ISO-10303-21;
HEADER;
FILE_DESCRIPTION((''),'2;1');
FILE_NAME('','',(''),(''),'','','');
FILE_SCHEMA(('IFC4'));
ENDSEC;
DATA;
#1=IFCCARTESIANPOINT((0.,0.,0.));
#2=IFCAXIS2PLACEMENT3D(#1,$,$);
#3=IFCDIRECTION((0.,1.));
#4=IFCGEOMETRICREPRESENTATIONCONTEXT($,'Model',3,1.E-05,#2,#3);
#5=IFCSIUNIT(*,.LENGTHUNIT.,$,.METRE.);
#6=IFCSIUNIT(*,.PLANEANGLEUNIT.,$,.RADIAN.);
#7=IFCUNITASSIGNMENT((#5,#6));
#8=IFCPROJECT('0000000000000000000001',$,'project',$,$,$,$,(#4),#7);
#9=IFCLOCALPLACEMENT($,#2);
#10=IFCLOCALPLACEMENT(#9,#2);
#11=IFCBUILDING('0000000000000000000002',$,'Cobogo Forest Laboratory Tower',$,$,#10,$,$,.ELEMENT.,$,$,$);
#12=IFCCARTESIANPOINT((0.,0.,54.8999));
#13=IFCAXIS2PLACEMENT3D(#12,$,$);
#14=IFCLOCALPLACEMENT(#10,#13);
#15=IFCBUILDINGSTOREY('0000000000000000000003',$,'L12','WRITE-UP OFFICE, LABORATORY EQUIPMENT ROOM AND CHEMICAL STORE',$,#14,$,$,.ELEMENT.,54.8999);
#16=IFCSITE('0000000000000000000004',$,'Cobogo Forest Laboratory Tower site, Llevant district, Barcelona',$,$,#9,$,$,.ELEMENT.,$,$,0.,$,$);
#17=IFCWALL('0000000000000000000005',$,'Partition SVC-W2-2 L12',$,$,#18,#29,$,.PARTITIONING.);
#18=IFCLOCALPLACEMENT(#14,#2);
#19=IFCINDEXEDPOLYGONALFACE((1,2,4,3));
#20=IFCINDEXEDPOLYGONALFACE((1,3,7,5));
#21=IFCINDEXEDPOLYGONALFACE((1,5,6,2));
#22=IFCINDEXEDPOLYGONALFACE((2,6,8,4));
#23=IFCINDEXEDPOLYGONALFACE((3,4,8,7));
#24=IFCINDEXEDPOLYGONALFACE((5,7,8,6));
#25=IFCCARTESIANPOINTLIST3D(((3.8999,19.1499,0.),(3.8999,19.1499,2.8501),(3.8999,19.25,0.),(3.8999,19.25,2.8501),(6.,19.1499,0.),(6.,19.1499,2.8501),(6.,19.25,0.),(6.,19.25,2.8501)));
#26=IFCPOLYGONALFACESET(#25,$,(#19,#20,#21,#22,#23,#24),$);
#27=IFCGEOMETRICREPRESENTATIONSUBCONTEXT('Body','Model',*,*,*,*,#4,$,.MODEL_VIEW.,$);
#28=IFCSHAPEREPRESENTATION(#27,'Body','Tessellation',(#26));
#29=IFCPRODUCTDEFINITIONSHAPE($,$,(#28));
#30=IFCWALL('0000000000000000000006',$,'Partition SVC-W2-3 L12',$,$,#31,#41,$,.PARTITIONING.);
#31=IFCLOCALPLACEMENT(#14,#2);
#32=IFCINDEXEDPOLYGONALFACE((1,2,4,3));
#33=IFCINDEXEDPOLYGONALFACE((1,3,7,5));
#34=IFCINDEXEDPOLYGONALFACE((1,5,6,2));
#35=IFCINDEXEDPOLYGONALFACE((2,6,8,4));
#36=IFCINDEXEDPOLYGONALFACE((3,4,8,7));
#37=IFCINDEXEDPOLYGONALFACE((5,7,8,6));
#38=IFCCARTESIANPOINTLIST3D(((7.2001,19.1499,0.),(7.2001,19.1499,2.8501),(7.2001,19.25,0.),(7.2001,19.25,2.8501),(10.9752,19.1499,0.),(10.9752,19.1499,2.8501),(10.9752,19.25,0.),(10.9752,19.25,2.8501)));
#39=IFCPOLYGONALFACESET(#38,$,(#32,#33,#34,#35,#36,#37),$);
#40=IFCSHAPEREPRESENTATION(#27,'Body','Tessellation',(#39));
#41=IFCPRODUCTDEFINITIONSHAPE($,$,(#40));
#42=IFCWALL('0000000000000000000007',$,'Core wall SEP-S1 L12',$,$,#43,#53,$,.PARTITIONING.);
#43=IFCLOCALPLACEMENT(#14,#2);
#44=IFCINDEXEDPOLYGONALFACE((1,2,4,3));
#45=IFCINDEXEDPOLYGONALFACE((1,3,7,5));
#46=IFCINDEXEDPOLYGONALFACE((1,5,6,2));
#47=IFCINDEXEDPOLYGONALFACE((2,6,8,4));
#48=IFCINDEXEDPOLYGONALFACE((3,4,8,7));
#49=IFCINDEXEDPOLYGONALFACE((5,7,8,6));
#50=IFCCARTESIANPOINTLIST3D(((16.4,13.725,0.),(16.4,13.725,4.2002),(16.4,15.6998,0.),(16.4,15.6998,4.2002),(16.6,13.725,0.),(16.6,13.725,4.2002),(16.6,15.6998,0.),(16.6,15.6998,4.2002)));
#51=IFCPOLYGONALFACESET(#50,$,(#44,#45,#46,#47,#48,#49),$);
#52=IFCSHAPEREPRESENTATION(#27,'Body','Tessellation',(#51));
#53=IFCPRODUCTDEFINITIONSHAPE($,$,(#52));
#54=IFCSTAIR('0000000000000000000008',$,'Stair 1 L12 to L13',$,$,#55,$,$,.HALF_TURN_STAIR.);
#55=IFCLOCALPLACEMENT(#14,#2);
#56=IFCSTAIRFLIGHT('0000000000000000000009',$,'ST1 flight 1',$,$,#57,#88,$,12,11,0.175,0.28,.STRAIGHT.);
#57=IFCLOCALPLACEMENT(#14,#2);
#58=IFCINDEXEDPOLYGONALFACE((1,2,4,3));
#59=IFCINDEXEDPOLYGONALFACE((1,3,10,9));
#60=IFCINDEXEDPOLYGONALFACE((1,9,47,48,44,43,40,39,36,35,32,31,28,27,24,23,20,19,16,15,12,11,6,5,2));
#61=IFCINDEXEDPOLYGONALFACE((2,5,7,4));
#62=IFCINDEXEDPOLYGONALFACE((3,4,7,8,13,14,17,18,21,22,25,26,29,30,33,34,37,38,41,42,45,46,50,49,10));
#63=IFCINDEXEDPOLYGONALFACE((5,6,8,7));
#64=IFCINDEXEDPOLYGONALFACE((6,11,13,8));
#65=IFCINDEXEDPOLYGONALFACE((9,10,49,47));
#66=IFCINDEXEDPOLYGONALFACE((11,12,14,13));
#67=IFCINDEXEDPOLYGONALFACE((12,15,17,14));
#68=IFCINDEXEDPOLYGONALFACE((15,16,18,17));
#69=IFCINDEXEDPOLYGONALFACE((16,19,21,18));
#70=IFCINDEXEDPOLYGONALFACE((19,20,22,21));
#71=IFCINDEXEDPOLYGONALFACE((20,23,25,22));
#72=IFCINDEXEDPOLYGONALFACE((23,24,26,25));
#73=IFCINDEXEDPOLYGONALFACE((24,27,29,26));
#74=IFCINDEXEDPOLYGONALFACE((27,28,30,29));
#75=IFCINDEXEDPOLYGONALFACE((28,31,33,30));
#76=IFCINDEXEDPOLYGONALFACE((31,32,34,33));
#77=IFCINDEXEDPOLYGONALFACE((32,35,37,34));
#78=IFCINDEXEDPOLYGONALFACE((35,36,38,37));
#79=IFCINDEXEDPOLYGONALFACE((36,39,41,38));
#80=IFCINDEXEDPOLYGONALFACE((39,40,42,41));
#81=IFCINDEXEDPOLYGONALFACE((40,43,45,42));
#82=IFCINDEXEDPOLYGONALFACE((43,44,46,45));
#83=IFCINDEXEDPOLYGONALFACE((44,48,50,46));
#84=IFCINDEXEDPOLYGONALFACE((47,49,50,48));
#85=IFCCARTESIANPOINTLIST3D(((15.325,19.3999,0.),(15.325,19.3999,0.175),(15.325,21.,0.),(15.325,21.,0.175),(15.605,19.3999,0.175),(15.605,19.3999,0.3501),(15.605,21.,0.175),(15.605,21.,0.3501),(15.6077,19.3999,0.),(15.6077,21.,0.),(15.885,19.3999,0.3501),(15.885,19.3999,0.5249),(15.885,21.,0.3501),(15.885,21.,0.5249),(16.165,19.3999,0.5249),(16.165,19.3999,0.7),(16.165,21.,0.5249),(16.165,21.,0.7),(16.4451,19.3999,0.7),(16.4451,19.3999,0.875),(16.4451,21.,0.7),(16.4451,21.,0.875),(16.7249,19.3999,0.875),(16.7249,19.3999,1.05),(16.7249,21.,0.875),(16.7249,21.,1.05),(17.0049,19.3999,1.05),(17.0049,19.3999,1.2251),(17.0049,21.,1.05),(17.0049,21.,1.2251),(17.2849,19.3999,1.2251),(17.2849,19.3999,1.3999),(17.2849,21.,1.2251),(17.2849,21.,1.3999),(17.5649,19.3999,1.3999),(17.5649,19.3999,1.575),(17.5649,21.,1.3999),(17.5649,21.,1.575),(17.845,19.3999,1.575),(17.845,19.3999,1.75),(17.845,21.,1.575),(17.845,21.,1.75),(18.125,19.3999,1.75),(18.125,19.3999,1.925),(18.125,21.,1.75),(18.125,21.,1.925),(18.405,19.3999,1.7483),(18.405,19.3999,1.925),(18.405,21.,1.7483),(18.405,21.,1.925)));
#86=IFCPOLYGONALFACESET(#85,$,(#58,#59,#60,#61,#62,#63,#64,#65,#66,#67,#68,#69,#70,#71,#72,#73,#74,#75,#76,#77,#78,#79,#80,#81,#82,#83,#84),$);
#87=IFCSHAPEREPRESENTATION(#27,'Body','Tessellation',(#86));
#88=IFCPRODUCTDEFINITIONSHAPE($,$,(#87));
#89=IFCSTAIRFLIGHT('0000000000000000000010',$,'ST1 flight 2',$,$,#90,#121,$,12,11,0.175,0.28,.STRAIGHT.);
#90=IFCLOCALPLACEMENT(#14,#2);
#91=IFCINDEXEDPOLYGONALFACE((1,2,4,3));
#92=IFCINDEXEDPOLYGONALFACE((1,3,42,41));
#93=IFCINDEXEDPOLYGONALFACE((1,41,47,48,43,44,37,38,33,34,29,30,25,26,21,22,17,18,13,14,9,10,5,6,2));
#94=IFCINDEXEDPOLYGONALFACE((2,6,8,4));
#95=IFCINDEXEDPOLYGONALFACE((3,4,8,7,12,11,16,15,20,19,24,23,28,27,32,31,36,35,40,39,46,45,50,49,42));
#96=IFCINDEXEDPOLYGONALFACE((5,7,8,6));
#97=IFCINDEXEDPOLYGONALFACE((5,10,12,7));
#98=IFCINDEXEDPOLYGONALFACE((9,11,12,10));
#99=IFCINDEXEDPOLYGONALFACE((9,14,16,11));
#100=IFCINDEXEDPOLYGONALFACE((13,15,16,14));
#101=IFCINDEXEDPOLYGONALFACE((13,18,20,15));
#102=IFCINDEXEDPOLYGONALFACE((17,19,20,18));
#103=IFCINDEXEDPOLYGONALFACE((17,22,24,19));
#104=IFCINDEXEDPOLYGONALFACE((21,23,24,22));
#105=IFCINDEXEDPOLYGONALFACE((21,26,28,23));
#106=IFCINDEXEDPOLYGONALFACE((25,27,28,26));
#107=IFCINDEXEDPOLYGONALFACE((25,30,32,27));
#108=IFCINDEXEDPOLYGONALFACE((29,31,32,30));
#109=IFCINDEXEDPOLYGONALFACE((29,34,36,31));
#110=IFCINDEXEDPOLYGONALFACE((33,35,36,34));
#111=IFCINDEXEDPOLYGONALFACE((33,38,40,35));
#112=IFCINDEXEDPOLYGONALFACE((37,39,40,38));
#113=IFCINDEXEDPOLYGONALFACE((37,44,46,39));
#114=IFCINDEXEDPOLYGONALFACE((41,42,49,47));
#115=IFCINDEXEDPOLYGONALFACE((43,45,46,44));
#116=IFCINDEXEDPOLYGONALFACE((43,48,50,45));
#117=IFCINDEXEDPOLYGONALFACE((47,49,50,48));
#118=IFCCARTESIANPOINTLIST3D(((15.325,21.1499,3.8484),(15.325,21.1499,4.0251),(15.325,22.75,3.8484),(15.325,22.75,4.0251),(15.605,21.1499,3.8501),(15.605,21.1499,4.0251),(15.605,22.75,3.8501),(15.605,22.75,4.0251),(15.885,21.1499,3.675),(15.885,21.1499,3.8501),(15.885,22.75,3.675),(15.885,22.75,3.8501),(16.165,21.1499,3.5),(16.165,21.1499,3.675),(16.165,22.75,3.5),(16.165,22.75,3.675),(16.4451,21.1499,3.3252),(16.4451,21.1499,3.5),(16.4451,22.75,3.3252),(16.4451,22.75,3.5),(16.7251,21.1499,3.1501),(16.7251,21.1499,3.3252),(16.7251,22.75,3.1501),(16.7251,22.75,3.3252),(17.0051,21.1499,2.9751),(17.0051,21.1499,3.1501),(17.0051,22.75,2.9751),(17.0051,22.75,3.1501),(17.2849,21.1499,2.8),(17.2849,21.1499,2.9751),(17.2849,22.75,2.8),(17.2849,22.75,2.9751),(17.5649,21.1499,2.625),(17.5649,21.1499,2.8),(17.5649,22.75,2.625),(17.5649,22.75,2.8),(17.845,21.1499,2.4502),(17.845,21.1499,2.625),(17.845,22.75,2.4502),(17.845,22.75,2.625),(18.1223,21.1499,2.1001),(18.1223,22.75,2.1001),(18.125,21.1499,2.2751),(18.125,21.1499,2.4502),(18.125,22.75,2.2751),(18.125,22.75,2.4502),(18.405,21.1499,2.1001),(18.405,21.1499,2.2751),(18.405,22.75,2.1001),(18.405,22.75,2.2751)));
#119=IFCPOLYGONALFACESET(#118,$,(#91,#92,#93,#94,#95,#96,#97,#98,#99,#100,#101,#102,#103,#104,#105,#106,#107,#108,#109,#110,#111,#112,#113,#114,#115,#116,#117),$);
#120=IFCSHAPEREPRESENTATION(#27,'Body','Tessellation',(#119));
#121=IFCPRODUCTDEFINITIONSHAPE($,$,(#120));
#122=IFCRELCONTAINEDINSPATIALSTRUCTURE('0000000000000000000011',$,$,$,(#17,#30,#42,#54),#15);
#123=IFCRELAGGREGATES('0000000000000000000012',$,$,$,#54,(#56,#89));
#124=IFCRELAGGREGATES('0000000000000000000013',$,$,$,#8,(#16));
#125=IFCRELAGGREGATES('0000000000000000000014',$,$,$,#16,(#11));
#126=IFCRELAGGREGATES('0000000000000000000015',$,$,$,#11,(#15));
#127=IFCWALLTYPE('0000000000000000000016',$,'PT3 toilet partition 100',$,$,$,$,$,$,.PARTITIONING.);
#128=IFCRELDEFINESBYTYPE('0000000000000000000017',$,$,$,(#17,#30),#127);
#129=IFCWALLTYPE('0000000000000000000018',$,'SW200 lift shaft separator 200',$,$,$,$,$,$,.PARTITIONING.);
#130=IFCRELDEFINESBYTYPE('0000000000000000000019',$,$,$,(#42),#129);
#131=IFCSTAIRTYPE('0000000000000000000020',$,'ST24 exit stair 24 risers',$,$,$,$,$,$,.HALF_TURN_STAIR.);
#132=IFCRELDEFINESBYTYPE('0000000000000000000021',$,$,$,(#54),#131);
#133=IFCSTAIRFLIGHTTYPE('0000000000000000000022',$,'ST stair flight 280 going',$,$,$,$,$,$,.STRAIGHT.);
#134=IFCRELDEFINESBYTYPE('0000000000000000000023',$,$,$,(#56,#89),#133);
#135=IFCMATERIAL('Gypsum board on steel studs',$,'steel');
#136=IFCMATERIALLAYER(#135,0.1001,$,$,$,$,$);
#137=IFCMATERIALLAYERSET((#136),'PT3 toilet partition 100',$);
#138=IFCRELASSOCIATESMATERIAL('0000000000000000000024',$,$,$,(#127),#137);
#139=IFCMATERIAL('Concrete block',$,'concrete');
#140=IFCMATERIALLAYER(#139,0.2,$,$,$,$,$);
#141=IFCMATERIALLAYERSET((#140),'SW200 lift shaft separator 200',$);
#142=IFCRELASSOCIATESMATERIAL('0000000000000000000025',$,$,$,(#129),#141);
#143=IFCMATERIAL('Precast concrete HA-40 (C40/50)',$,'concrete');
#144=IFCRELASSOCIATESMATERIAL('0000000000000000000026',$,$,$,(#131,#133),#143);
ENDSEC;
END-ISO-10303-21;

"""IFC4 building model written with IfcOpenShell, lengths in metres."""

from ifc_helpers import new_model, si_unit, direction, frame, frame_2d, origin, place, context, subcontext, project, spatial, polyline, rectangle, outline, extrude, material, layer, layer_set, type_object, element, aggregate, save


model = new_model("IFC4")

# Units and contexts
model_context = context("Model", 3, precision=1e-05, world=origin(), true_north=direction((0.0, 1.0)))
body_context = subcontext(model_context, "Body", "Model", "MODEL_VIEW")
ifc_project = project(units=[si_unit("LENGTHUNIT", "METRE"), si_unit("PLANEANGLEUNIT", "RADIAN")], contexts=[model_context])

# Site, building, storey
site_placement = place(None, origin())
site = spatial("IfcSite", under=ifc_project, at=site_placement, Name="Cobogo Forest Laboratory Tower site, Llevant district, Barcelona", CompositionType="ELEMENT", RefElevation=0.0)
building_placement = place(site_placement, origin())
building = spatial("IfcBuilding", under=site, at=building_placement, Name="Cobogo Forest Laboratory Tower", CompositionType="ELEMENT")
storey_placement = place(building_placement, frame((0.0, 0.0, 54.8999)))
storey = spatial("IfcBuildingStorey", under=building, at=storey_placement, Name="L12", Description="WRITE-UP OFFICE, LABORATORY EQUIPMENT ROOM AND CHEMICAL STORE", CompositionType="ELEMENT", Elevation=54.8999)

# Walls
ifc_material_1 = material(Name="Gypsum board on steel studs", Category="steel")
ifc_layer_1 = layer(ifc_material_1, 0.1001)
ifc_layer_set_1 = layer_set([ifc_layer_1], Name="PT3 toilet partition 100")
wall_type_1 = type_object("IfcWallType", Name="PT3 toilet partition 100", PredefinedType="PARTITIONING", material=ifc_layer_set_1)
wall_1_placement = place(storey_placement, frame((3.8999, 19.2, 0.0), z_axis=(0.0, 0.0, 1.0), x_axis=(1.0, 0.0, 0.0)))
element("IfcWall", 1, at=wall_1_placement, inside=storey, type_object=wall_type_1, Name="Partition SVC-W2-2 L12", PredefinedType="PARTITIONING", context=body_context, shape_type="SweptSolid", body=[
    extrude(rectangle(XDim=2.1001, YDim=0.1001, at=frame_2d((1.05, 0.0))), origin(), (0.0, 0.0, 1.0), 2.8501),
])
wall_2_placement = place(storey_placement, frame((7.2, 19.2, 0.0), z_axis=(0.0, 0.0, 1.0), x_axis=(1.0, 0.0, 0.0)))
element("IfcWall", 2, at=wall_2_placement, inside=storey, type_object=wall_type_1, Name="Partition SVC-W2-3 L12", PredefinedType="PARTITIONING", context=body_context, shape_type="SweptSolid", body=[
    extrude(rectangle(XDim=3.7751, YDim=0.1001, at=frame_2d((1.8877, 0.0))), origin(), (0.0, 0.0, 1.0), 2.8501),
])
ifc_material_2 = material(Name="Concrete block", Category="concrete")
ifc_layer_2 = layer(ifc_material_2, 0.2)
ifc_layer_set_2 = layer_set([ifc_layer_2], Name="SW200 lift shaft separator 200")
wall_type_2 = type_object("IfcWallType", Name="SW200 lift shaft separator 200", PredefinedType="PARTITIONING", material=ifc_layer_set_2)
wall_3_placement = place(storey_placement, frame((16.5, 13.7251, 0.0), z_axis=(0.0, 0.0, 1.0), x_axis=(0.0, 1.0, 0.0)))
element("IfcWall", 3, at=wall_3_placement, inside=storey, type_object=wall_type_2, Name="Core wall SEP-S1 L12", PredefinedType="PARTITIONING", context=body_context, shape_type="SweptSolid", body=[
    extrude(rectangle(XDim=1.9749, YDim=0.2, at=frame_2d((0.9873, 0.0))), origin(), (0.0, 0.0, 1.0), 4.2002),
])

# Stair, stair flights
ifc_material_3 = material(Name="Precast concrete HA-40 (C40/50)", Category="concrete")
stair_type = type_object("IfcStairType", Name="ST24 exit stair 24 risers", PredefinedType="HALF_TURN_STAIR", material=ifc_material_3)
stair_placement = place(storey_placement, origin())
stair = element("IfcStair", 4, at=stair_placement, inside=storey, type_object=stair_type, Name="Stair 1 L12 to L13", PredefinedType="HALF_TURN_STAIR")
stair_flight_type = type_object("IfcStairFlightType", Name="ST stair flight 280 going", PredefinedType="STRAIGHT", material=ifc_material_3)
stair_flight_1_placement = place(storey_placement, frame((15.325, 20.2, 0.0), z_axis=(0.0, 0.0, 1.0), x_axis=(1.0, 0.0, 0.0)))
stair_flight_1 = element("IfcStairFlight", 5, at=stair_flight_1_placement, type_object=stair_flight_type, Name="ST1 flight 1", NumberOfRisers=12, NumberOfTreads=11, PredefinedType="STRAIGHT", RiserHeight=0.175, TreadLength=0.28, context=body_context, shape_type="SweptSolid", body=[
    extrude(outline(polyline([(0.0, 0.0), (0.0, 0.175), (0.28, 0.175), (0.28, 0.3501), (0.5601, 0.3501), (0.5601, 0.5249), (0.8401, 0.5249), (0.8401, 0.7), (1.1201, 0.7), (1.1201, 0.875), (1.3999, 0.875), (1.3999, 1.05), (1.6799, 1.05), (1.6799, 1.2251), (1.96, 1.2251), (1.96, 1.3999), (2.24, 1.3999), (2.24, 1.575), (2.52, 1.575), (2.52, 1.75), (2.8, 1.75), (2.8, 1.925), (3.0801, 1.925), (3.0801, 2.1001), (3.0801, 1.7483), (0.2827, 0.0), (0.0, 0.0)])), frame((0.0, 0.8, 0.0), z_axis=(0.0, -1.0, 0.0), x_axis=(1.0, 0.0, 0.0)), (0.0, 0.0, 1.0), 1.6001),
])
stair_flight_2_placement = place(storey_placement, frame((18.405, 21.95, 2.1001), z_axis=(0.0, 0.0, 1.0), x_axis=(-1.0, 0.0, 0.0)))
stair_flight_2 = element("IfcStairFlight", 6, at=stair_flight_2_placement, type_object=stair_flight_type, Name="ST1 flight 2", NumberOfRisers=12, NumberOfTreads=11, PredefinedType="STRAIGHT", RiserHeight=0.175, TreadLength=0.28, context=body_context, shape_type="SweptSolid", body=[
    extrude(outline(polyline([(0.0, 0.0), (0.0, 0.175), (0.28, 0.175), (0.28, 0.3501), (0.5601, 0.3501), (0.5601, 0.5249), (0.8401, 0.5249), (0.8401, 0.7), (1.1201, 0.7), (1.1201, 0.875), (1.3999, 0.875), (1.3999, 1.05), (1.6799, 1.05), (1.6799, 1.2251), (1.96, 1.2251), (1.96, 1.3999), (2.24, 1.3999), (2.24, 1.575), (2.52, 1.575), (2.52, 1.75), (2.8, 1.75), (2.8, 1.925), (3.0801, 1.925), (3.0801, 2.1001), (3.0801, 1.7483), (0.2827, 0.0), (0.0, 0.0)])), frame((0.0, 0.8, 0.0), z_axis=(0.0, -1.0, 0.0), x_axis=(1.0, 0.0, 0.0)), (0.0, 0.0, 1.0), 1.6001),
])
aggregate(stair, [stair_flight_1, stair_flight_2])

save(model, "model.ifc")
